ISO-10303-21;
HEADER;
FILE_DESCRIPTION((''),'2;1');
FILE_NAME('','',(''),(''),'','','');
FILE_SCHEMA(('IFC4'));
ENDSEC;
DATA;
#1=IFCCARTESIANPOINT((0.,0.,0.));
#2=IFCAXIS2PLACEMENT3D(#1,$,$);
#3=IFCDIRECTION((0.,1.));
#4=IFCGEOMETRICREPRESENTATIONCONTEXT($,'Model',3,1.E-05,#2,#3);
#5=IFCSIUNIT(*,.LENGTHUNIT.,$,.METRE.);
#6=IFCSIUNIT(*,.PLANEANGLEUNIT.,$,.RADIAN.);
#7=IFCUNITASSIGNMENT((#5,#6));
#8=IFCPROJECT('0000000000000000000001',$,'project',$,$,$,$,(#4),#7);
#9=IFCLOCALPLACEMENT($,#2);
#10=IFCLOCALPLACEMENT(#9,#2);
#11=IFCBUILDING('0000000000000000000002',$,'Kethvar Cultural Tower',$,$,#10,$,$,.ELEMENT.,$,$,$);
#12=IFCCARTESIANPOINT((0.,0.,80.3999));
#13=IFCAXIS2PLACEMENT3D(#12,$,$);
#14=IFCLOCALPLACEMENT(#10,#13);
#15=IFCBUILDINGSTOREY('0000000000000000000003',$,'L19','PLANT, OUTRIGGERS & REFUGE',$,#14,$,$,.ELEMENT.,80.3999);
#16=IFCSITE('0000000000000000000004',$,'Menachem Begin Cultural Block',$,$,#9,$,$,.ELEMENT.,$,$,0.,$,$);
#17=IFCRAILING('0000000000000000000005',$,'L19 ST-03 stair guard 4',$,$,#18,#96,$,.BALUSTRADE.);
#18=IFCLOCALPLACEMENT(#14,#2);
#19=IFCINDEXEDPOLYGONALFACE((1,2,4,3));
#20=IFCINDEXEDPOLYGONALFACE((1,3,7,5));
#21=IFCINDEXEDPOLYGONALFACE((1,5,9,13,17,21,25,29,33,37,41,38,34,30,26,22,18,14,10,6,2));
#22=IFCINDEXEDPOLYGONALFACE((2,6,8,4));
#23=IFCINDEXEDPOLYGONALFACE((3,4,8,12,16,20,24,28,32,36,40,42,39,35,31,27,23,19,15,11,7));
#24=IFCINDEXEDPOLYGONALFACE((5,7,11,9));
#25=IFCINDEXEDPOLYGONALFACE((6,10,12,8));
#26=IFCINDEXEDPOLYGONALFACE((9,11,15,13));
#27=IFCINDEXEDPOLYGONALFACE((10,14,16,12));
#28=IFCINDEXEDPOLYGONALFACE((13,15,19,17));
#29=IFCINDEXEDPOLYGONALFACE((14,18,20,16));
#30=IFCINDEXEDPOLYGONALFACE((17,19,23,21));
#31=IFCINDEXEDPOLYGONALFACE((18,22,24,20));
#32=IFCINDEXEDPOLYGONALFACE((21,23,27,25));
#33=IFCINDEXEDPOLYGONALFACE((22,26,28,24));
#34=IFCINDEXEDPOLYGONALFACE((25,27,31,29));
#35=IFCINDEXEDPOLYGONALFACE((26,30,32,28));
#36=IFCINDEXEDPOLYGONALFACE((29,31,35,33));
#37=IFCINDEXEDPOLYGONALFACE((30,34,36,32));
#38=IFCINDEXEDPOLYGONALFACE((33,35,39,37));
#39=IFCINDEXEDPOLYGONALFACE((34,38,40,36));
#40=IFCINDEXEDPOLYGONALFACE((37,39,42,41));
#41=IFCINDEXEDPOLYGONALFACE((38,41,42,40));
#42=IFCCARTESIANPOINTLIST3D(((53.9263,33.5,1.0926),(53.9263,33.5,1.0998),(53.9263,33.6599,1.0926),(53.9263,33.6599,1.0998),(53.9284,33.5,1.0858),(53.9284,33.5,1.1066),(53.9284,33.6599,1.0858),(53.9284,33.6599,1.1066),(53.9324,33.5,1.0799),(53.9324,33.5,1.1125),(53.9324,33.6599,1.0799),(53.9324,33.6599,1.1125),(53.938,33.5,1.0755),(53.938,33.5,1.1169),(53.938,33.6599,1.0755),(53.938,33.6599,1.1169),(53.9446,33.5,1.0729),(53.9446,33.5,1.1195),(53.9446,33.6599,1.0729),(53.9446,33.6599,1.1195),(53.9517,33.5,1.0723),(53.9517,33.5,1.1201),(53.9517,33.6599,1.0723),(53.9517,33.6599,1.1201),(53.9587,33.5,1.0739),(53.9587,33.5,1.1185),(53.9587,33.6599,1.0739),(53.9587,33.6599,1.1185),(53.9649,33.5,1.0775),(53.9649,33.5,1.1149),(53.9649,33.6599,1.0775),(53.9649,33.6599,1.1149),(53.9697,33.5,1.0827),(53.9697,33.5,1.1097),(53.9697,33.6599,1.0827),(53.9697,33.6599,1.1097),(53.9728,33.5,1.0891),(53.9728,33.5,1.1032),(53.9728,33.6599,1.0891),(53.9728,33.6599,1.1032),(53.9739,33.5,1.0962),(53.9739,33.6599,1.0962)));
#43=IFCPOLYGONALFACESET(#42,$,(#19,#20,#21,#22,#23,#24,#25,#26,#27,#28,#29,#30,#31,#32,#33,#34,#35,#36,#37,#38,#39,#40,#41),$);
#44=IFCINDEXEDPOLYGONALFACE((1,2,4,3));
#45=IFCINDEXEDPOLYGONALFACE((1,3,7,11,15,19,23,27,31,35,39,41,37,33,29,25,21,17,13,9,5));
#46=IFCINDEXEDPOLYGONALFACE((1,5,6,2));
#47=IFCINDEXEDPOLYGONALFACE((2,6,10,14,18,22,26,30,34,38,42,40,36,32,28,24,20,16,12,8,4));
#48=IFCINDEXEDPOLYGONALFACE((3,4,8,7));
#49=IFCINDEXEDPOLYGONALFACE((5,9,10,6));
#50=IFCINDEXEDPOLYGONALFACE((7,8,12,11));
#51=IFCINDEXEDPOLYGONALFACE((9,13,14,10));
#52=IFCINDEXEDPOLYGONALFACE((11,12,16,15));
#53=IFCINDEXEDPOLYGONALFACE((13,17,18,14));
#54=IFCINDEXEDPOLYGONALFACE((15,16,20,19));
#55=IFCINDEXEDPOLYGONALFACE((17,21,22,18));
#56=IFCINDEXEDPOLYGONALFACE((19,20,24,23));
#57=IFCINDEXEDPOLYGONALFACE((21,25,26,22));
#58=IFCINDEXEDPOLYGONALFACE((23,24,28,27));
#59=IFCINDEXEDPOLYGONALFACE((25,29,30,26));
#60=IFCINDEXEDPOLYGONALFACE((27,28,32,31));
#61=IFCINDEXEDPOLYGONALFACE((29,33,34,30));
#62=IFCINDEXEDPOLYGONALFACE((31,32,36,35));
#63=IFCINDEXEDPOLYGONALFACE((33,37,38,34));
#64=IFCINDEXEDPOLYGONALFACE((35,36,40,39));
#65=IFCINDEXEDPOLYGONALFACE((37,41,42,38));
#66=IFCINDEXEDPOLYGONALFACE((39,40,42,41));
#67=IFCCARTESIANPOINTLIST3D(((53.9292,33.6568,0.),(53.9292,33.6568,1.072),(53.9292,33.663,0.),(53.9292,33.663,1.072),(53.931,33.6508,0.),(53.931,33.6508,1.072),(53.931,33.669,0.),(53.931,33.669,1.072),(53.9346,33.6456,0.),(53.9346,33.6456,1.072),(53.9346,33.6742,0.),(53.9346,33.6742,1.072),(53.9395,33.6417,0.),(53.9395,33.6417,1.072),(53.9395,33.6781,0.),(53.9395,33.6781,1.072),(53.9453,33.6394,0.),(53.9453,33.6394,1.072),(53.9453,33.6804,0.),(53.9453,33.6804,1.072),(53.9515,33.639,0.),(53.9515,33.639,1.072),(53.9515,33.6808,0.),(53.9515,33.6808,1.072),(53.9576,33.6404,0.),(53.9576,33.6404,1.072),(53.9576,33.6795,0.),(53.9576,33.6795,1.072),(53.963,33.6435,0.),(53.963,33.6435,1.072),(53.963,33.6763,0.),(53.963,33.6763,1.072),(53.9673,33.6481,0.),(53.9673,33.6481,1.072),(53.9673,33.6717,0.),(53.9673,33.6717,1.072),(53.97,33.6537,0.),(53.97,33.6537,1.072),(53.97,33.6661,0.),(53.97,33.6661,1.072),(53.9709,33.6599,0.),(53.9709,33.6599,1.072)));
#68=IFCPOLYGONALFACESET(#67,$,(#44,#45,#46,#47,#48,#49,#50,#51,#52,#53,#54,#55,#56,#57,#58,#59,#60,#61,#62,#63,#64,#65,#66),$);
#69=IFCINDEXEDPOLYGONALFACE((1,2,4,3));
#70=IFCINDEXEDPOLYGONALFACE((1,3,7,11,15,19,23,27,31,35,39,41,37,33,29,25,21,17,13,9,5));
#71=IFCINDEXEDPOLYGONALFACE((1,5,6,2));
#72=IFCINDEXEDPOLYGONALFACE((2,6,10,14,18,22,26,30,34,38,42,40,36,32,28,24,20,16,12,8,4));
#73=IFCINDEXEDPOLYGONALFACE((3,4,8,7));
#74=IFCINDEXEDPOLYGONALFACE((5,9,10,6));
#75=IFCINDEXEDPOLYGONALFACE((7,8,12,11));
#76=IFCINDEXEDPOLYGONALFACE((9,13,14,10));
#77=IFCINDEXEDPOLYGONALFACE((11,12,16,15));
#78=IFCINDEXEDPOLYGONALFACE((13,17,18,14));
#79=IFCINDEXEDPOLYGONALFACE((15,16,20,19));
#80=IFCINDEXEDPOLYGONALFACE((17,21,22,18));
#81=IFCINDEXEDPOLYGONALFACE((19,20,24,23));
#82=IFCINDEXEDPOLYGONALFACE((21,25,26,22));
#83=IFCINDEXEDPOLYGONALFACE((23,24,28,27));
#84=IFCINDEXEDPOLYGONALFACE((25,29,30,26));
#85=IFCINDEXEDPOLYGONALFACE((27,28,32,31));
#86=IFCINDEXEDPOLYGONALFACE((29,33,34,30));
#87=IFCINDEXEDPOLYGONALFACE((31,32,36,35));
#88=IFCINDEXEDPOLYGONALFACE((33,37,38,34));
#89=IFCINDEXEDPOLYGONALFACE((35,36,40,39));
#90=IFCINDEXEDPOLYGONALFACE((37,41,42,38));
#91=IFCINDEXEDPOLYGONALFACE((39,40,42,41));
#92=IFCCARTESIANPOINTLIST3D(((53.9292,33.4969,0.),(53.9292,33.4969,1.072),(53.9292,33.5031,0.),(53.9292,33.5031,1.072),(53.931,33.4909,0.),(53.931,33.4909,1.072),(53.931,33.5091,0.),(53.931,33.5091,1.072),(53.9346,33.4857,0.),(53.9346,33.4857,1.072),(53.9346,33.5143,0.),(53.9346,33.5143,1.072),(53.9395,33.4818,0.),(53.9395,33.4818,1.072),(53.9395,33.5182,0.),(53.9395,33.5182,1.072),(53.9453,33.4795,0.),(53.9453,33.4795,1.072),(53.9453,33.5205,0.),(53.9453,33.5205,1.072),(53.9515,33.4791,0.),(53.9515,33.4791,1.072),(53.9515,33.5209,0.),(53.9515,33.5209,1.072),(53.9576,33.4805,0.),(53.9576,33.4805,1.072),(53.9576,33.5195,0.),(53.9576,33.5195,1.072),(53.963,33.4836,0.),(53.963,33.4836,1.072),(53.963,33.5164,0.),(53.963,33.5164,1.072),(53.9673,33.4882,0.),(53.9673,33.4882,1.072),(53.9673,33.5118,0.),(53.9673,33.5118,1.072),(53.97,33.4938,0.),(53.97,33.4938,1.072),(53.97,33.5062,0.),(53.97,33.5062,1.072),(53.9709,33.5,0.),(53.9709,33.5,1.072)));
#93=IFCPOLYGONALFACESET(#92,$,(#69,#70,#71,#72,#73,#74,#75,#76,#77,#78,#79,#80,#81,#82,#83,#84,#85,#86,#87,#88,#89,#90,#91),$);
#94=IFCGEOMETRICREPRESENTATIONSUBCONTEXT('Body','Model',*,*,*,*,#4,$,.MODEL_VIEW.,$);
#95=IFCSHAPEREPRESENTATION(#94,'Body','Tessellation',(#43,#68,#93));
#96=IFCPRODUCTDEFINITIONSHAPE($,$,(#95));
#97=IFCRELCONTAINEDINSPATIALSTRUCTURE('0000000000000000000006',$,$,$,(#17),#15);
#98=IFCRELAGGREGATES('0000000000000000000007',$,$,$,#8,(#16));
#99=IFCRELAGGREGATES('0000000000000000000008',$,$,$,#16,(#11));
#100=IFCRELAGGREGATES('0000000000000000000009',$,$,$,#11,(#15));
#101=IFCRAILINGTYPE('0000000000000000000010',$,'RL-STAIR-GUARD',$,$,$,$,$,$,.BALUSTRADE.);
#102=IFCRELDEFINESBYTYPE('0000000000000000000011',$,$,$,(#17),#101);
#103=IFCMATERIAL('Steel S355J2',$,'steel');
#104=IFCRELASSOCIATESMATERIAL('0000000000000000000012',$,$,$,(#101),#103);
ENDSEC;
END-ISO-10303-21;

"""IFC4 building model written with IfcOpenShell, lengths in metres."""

from ifc_helpers import new_model, si_unit, direction, frame, origin, origin_2d, place, context, subcontext, project, spatial, circle, extrude, material, type_object, element, save


model = new_model("IFC4")

# Units and contexts
model_context = context("Model", 3, precision=1e-05, world=origin(), true_north=direction((0.0, 1.0)))
body_context = subcontext(model_context, "Body", "Model", "MODEL_VIEW")
ifc_project = project(units=[si_unit("LENGTHUNIT", "METRE"), si_unit("PLANEANGLEUNIT", "RADIAN")], contexts=[model_context])

# Site, building, storey
site_placement = place(None, origin())
site = spatial("IfcSite", under=ifc_project, at=site_placement, Name="Menachem Begin Cultural Block", CompositionType="ELEMENT", RefElevation=0.0)
building_placement = place(site_placement, origin())
building = spatial("IfcBuilding", under=site, at=building_placement, Name="Kethvar Cultural Tower", CompositionType="ELEMENT")
storey_placement = place(building_placement, frame((0.0, 0.0, 80.3999)))
storey = spatial("IfcBuildingStorey", under=building, at=storey_placement, Name="L19", Description="PLANT, OUTRIGGERS & REFUGE", CompositionType="ELEMENT", Elevation=80.3999)

# Railing
ifc_material_1 = material(Name="Steel S355J2", Category="steel")
railing_type_1 = type_object("IfcRailingType", Name="RL-STAIR-GUARD", PredefinedType="BALUSTRADE", material=ifc_material_1)
railing_1_placement = place(storey_placement, frame((53.95, 33.6599, 0.0)))
element("IfcRailing", 1, at=railing_1_placement, inside=storey, type_object=railing_type_1, Name="L19 ST-03 stair guard 4", PredefinedType="BALUSTRADE", context=body_context, shape_type="SweptSolid", body=[
    extrude(circle(Radius=0.0239, at=origin_2d()), frame((0.0, 0.0, 1.0962), z_axis=(0.0, -1.0, 0.0), x_axis=(1.0, 0.0, 0.0)), (0.0, 0.0, 1.0), 0.1599),
    extrude(circle(Radius=0.021, at=origin_2d()), origin(), (0.0, 0.0, 1.0), 1.072),
    extrude(circle(Radius=0.021, at=origin_2d()), frame((0.0, -0.1599, 0.0)), (0.0, 0.0, 1.0), 1.072),
])

save(model, "model.ifc")
